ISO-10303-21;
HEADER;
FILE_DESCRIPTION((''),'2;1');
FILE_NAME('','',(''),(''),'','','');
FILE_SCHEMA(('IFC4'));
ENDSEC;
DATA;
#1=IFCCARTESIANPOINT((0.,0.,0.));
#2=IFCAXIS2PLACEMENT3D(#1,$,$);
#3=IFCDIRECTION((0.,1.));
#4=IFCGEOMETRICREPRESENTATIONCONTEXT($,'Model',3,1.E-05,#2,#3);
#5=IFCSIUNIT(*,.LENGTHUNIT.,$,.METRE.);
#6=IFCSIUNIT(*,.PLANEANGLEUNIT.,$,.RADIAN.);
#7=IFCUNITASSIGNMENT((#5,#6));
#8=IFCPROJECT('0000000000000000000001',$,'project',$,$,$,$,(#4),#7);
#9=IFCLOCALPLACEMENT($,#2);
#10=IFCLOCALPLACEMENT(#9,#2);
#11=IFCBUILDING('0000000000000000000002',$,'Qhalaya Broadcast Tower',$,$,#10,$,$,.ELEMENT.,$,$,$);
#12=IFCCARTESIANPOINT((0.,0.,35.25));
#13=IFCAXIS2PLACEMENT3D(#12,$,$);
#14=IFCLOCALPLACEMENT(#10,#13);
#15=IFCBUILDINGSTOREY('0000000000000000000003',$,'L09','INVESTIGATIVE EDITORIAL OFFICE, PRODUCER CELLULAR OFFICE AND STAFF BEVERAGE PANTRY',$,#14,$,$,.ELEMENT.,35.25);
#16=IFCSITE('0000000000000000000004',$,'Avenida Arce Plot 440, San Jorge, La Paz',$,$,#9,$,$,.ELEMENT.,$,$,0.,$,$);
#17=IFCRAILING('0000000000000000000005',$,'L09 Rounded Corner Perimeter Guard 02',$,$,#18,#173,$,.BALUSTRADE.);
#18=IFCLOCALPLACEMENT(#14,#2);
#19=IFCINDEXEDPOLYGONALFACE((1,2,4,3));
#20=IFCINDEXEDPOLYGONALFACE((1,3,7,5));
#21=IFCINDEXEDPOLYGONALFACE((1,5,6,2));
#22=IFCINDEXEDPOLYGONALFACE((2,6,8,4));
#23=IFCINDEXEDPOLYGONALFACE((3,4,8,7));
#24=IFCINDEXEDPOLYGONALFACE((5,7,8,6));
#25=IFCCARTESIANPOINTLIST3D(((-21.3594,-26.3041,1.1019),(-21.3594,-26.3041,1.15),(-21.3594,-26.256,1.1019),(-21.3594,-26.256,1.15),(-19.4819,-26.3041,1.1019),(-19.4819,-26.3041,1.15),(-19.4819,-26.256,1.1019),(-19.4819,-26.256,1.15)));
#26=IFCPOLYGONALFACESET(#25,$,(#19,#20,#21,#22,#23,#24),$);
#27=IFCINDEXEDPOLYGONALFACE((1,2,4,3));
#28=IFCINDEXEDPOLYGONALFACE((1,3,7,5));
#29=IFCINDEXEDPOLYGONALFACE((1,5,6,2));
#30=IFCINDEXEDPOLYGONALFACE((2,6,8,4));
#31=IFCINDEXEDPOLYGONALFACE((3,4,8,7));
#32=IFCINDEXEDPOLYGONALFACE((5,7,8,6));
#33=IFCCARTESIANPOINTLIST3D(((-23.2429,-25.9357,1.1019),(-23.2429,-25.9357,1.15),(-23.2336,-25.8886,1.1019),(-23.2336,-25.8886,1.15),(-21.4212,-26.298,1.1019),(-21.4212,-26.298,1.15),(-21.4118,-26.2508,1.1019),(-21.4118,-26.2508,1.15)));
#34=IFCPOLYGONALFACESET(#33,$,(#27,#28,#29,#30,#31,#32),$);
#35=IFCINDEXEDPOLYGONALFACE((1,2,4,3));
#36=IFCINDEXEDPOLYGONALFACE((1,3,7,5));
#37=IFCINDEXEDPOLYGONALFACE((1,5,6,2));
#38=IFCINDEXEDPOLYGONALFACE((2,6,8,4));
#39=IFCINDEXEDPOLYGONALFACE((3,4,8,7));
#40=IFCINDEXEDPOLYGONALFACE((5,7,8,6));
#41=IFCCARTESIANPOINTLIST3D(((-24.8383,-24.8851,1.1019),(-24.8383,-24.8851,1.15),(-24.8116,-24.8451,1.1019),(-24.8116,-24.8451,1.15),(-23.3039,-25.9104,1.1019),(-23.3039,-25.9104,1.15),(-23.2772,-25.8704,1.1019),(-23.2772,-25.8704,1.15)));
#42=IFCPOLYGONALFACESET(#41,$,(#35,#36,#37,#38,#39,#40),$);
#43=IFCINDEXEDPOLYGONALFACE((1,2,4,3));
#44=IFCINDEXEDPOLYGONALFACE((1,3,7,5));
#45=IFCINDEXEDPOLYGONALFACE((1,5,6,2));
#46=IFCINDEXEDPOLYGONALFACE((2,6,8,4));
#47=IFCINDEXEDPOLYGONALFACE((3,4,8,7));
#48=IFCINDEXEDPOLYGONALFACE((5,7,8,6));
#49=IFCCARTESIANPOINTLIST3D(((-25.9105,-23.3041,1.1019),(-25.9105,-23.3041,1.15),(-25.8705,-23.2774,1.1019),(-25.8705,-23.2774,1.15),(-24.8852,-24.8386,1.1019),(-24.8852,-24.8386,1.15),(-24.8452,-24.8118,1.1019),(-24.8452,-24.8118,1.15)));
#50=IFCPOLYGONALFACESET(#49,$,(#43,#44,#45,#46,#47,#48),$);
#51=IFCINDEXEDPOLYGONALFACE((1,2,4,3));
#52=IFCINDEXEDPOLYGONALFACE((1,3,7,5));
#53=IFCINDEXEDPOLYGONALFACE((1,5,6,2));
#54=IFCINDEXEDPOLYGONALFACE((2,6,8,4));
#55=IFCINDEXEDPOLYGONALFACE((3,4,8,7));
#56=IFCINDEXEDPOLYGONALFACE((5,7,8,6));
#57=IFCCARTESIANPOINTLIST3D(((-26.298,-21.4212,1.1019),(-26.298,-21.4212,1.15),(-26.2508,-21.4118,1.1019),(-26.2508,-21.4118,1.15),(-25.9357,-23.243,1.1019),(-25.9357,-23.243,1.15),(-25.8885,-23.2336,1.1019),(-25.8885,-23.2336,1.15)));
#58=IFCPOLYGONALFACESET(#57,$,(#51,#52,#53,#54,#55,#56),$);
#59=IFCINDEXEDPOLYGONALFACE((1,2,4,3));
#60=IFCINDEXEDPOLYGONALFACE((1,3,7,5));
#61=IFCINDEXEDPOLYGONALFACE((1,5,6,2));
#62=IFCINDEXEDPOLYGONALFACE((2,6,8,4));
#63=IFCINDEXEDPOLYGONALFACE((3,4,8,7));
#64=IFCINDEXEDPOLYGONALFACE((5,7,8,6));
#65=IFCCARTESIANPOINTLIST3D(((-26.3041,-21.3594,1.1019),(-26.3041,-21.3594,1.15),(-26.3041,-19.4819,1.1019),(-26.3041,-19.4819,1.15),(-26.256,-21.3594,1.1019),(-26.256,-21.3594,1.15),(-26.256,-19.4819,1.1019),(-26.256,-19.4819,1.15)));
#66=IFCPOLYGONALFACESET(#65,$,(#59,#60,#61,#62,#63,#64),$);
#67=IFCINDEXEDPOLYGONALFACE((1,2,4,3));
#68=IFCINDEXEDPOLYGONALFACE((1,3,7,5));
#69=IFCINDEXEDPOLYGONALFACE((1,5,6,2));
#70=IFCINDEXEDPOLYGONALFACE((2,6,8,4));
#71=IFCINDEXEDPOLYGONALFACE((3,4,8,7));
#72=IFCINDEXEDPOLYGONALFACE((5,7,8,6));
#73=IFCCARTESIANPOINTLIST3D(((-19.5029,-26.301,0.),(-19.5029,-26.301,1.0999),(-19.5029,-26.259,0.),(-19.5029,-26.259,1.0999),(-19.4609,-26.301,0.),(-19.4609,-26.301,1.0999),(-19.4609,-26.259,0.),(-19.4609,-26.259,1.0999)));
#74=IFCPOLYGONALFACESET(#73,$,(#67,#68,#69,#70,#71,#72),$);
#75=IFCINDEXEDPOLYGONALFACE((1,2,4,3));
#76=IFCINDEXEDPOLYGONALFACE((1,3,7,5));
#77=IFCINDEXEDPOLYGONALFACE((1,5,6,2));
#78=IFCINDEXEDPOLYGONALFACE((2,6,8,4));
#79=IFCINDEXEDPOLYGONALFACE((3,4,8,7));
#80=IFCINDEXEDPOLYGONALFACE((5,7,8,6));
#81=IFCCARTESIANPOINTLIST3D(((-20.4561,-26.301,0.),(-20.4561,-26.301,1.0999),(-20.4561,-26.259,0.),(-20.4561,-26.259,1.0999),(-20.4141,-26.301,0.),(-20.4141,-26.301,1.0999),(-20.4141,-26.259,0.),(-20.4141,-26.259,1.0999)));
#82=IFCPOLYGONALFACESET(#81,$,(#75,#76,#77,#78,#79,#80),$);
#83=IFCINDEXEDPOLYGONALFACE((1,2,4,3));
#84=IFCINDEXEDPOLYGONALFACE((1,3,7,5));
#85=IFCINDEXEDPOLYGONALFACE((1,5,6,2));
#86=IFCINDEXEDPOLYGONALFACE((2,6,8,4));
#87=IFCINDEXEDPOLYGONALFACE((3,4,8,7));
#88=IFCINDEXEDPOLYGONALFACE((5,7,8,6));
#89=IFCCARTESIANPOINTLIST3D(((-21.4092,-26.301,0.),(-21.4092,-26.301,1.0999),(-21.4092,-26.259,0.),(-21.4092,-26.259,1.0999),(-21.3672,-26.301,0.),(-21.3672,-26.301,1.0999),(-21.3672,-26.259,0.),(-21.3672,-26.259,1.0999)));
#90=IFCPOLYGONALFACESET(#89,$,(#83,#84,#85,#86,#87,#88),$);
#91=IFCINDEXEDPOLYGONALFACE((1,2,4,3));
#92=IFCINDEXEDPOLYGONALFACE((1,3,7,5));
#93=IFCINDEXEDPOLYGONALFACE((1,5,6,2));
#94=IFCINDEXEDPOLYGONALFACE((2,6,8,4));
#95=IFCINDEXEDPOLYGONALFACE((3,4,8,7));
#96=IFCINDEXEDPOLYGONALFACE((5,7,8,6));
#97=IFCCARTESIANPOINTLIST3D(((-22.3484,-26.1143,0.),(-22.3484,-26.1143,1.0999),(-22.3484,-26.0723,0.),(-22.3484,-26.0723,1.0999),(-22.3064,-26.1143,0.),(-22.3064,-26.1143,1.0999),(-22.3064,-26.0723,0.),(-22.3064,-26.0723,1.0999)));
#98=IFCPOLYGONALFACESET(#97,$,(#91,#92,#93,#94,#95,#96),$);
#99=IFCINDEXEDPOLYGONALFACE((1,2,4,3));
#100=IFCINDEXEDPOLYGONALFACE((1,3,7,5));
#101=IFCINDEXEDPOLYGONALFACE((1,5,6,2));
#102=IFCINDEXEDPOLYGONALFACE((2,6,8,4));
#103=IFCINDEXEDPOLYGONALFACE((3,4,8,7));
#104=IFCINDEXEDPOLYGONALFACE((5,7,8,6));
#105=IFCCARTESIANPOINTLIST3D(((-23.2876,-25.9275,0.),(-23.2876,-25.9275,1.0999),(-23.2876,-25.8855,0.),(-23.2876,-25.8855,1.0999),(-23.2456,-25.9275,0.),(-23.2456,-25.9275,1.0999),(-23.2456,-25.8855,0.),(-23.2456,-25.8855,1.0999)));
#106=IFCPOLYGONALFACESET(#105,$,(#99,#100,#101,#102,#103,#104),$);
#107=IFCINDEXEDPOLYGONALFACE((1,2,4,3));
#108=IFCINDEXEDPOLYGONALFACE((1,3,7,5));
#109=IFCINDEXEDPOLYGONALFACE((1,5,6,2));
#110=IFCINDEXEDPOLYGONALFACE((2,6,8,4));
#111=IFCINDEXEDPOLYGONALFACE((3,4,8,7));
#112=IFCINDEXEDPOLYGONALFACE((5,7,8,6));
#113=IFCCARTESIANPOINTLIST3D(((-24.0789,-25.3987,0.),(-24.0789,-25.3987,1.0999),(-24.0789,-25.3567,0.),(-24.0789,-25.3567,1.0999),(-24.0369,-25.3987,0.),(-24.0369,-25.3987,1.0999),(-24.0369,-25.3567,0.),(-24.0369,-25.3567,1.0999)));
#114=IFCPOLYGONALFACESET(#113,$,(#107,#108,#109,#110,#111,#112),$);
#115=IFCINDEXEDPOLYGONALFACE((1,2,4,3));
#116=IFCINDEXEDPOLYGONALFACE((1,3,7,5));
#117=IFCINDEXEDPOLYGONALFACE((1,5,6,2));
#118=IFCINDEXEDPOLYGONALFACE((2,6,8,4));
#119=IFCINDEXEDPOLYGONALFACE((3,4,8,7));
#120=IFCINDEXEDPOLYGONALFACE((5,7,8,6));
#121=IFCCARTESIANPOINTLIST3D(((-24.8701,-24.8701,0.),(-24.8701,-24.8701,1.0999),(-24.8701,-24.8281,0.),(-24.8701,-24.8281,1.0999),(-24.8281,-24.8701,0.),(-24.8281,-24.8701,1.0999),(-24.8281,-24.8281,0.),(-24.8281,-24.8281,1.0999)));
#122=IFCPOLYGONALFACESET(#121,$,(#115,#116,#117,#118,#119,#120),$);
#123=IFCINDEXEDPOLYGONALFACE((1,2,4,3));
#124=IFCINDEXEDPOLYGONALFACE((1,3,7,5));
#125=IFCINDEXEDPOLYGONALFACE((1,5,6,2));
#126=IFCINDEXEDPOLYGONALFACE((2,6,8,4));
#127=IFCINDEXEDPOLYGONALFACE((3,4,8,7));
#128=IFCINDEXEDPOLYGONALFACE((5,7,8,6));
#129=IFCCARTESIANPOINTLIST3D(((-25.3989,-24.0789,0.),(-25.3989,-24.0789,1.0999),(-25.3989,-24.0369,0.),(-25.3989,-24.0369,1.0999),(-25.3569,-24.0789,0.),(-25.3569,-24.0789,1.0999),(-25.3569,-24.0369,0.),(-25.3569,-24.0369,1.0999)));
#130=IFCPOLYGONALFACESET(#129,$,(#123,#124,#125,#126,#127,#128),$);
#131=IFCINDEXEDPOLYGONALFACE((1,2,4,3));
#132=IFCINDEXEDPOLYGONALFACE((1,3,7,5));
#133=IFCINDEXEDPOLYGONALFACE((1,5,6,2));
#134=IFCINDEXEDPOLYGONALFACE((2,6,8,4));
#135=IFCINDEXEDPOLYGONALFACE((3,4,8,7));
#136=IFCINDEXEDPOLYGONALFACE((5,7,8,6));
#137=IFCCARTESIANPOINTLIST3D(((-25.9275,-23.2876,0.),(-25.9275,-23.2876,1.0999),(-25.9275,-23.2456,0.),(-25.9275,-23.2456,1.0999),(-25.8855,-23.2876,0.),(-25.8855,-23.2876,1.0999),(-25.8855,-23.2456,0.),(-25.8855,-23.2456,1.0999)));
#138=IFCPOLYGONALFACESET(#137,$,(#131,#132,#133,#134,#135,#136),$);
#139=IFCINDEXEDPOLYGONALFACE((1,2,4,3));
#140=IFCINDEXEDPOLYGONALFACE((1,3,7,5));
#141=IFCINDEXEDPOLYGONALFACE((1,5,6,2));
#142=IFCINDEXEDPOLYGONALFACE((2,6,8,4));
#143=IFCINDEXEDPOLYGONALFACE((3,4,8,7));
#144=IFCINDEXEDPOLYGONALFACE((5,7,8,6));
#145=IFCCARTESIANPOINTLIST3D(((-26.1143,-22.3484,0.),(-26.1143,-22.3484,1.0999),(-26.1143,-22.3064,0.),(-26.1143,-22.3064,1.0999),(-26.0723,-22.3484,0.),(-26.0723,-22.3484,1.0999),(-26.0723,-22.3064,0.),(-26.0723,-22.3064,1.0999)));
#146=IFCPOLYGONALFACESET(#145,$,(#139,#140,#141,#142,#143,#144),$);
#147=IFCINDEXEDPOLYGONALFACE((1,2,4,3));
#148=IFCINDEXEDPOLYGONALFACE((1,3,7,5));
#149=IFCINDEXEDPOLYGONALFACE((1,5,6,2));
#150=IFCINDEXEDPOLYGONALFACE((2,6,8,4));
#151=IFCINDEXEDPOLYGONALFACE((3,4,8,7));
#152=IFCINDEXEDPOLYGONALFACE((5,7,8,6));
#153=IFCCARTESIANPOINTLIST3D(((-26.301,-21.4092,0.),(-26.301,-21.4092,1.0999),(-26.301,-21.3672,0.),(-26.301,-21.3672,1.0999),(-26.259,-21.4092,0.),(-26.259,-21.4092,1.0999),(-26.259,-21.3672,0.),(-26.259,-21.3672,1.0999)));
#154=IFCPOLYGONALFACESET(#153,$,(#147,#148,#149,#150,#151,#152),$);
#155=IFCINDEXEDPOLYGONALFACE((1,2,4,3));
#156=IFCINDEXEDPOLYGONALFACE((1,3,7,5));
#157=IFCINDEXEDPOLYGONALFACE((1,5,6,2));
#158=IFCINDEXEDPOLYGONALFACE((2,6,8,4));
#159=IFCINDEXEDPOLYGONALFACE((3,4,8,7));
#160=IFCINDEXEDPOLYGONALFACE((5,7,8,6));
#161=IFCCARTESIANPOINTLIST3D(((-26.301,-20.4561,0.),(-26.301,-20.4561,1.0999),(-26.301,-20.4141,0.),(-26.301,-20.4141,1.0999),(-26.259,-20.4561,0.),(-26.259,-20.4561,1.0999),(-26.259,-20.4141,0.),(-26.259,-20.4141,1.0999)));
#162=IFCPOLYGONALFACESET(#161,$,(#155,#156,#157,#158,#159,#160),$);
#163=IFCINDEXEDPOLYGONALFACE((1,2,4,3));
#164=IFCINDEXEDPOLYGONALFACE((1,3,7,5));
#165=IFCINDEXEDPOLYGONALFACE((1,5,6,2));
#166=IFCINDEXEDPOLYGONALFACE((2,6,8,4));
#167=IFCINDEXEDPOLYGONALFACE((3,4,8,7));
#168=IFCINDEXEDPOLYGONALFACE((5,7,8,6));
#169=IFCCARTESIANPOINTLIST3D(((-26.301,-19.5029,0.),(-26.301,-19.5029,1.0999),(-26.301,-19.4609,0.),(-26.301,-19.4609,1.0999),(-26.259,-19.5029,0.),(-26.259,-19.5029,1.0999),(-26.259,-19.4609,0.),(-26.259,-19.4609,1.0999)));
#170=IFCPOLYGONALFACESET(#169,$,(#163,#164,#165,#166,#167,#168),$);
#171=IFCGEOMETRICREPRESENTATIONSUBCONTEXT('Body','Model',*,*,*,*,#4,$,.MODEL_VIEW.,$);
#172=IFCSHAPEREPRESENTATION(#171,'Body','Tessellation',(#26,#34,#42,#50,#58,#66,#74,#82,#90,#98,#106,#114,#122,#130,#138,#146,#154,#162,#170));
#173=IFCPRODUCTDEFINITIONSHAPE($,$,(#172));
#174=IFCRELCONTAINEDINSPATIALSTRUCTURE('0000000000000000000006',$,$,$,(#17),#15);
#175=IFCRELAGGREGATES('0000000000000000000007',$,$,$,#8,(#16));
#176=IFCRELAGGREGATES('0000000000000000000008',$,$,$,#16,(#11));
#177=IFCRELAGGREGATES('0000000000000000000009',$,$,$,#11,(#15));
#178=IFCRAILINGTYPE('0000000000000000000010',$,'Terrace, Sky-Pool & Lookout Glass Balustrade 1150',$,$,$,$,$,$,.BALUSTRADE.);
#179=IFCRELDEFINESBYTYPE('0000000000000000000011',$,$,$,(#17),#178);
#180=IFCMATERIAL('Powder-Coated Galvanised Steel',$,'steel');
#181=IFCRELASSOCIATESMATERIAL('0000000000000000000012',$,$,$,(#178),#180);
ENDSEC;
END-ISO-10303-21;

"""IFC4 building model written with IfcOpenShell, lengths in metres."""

from ifc_helpers import new_model, si_unit, direction, frame, origin, origin_2d, place, context, subcontext, project, spatial, rectangle, extrude, material, type_object, element, save


model = new_model("IFC4")

# Units and contexts
model_context = context("Model", 3, precision=1e-05, world=origin(), true_north=direction((0.0, 1.0)))
body_context = subcontext(model_context, "Body", "Model", "MODEL_VIEW")
ifc_project = project(units=[si_unit("LENGTHUNIT", "METRE"), si_unit("PLANEANGLEUNIT", "RADIAN")], contexts=[model_context])

# Site, building, storey
site_placement = place(None, origin())
site = spatial("IfcSite", under=ifc_project, at=site_placement, Name="Avenida Arce Plot 440, San Jorge, La Paz", CompositionType="ELEMENT", RefElevation=0.0)
building_placement = place(site_placement, origin())
building = spatial("IfcBuilding", under=site, at=building_placement, Name="Qhalaya Broadcast Tower", CompositionType="ELEMENT")
storey_placement = place(building_placement, frame((0.0, 0.0, 35.25)))
storey = spatial("IfcBuildingStorey", under=building, at=storey_placement, Name="L09", Description="INVESTIGATIVE EDITORIAL OFFICE, PRODUCER CELLULAR OFFICE AND STAFF BEVERAGE PANTRY", CompositionType="ELEMENT", Elevation=35.25)

# Railing
ifc_material_1 = material(Name="Powder-Coated Galvanised Steel", Category="steel")
railing_type = type_object("IfcRailingType", Name="Terrace, Sky-Pool & Lookout Glass Balustrade 1150", PredefinedType="BALUSTRADE", material=ifc_material_1)
railing_placement = place(storey_placement, frame((-19.4819, -26.28, 0.0)))
element("IfcRailing", 1, at=railing_placement, inside=storey, type_object=railing_type, Name="L09 Rounded Corner Perimeter Guard 02", PredefinedType="BALUSTRADE", context=body_context, shape_type="SweptSolid", body=[
    extrude(rectangle(XDim=0.0481, YDim=0.0481, at=origin_2d()), frame((0.0, 0.0, 1.126), z_axis=(-1.0, 0.0, 0.0), x_axis=(0.0, -1.0, 0.0)), (0.0, 0.0, 1.0), 1.8774),
    extrude(rectangle(XDim=0.0481, YDim=0.0481, at=origin_2d()), frame((-1.9346, 0.0056, 1.126), z_axis=(-0.980796, 0.195037, 0.0), x_axis=(-0.195037, -0.980796, 0.0)), (0.0, 0.0, 1.0), 1.8574),
    extrude(rectangle(XDim=0.0481, YDim=0.0481, at=origin_2d()), frame((-3.8086, 0.3896, 1.126), z_axis=(-0.831478, 0.555558, 0.0), x_axis=(-0.555558, -0.831478, 0.0)), (0.0, 0.0, 1.0), 1.8455),
    extrude(rectangle(XDim=0.0481, YDim=0.0481, at=origin_2d()), frame((-5.3833, 1.4548, 1.126), z_axis=(-0.555558, 0.831478, 0.0), x_axis=(-0.831478, -0.555558, 0.0)), (0.0, 0.0, 1.0), 1.8455),
    extrude(rectangle(XDim=0.0481, YDim=0.0481, at=origin_2d()), frame((-6.4302, 3.0417, 1.126), z_axis=(-0.195037, 0.980796, 0.0), x_axis=(-0.980796, -0.195037, 0.0)), (0.0, 0.0, 1.0), 1.8574),
    extrude(rectangle(XDim=0.0481, YDim=0.0481, at=origin_2d()), frame((-6.7981, 4.9207, 1.126), z_axis=(0.0, 1.0, 0.0), x_axis=(-1.0, 0.0, 0.0)), (0.0, 0.0, 1.0), 1.8774),
    extrude(rectangle(XDim=0.042, YDim=0.042, at=origin_2d()), origin(), (0.0, 0.0, 1.0), 1.0999),
    extrude(rectangle(XDim=0.042, YDim=0.042, at=origin_2d()), frame((-0.9531, 0.0, 0.0)), (0.0, 0.0, 1.0), 1.0999),
    extrude(rectangle(XDim=0.042, YDim=0.042, at=origin_2d()), frame((-1.9062, 0.0, 0.0)), (0.0, 0.0, 1.0), 1.0999),
    extrude(rectangle(XDim=0.042, YDim=0.042, at=origin_2d()), frame((-2.8455, 0.1868, 0.0)), (0.0, 0.0, 1.0), 1.0999),
    extrude(rectangle(XDim=0.042, YDim=0.042, at=origin_2d()), frame((-3.7847, 0.3735, 0.0)), (0.0, 0.0, 1.0), 1.0999),
    extrude(rectangle(XDim=0.042, YDim=0.042, at=origin_2d()), frame((-4.5759, 0.9023, 0.0)), (0.0, 0.0, 1.0), 1.0999),
    extrude(rectangle(XDim=0.042, YDim=0.042, at=origin_2d()), frame((-5.3672, 1.4309, 0.0)), (0.0, 0.0, 1.0), 1.0999),
    extrude(rectangle(XDim=0.042, YDim=0.042, at=origin_2d()), frame((-5.896, 2.2222, 0.0)), (0.0, 0.0, 1.0), 1.0999),
    extrude(rectangle(XDim=0.042, YDim=0.042, at=origin_2d()), frame((-6.4246, 3.0134, 0.0)), (0.0, 0.0, 1.0), 1.0999),
    extrude(rectangle(XDim=0.042, YDim=0.042, at=origin_2d()), frame((-6.6113, 3.9526, 0.0)), (0.0, 0.0, 1.0), 1.0999),
    extrude(rectangle(XDim=0.042, YDim=0.042, at=origin_2d()), frame((-6.7981, 4.8918, 0.0)), (0.0, 0.0, 1.0), 1.0999),
    extrude(rectangle(XDim=0.042, YDim=0.042, at=origin_2d()), frame((-6.7981, 5.845, 0.0)), (0.0, 0.0, 1.0), 1.0999),
    extrude(rectangle(XDim=0.042, YDim=0.042, at=origin_2d()), frame((-6.7981, 6.7981, 0.0)), (0.0, 0.0, 1.0), 1.0999),
])

save(model, "model.ifc")
